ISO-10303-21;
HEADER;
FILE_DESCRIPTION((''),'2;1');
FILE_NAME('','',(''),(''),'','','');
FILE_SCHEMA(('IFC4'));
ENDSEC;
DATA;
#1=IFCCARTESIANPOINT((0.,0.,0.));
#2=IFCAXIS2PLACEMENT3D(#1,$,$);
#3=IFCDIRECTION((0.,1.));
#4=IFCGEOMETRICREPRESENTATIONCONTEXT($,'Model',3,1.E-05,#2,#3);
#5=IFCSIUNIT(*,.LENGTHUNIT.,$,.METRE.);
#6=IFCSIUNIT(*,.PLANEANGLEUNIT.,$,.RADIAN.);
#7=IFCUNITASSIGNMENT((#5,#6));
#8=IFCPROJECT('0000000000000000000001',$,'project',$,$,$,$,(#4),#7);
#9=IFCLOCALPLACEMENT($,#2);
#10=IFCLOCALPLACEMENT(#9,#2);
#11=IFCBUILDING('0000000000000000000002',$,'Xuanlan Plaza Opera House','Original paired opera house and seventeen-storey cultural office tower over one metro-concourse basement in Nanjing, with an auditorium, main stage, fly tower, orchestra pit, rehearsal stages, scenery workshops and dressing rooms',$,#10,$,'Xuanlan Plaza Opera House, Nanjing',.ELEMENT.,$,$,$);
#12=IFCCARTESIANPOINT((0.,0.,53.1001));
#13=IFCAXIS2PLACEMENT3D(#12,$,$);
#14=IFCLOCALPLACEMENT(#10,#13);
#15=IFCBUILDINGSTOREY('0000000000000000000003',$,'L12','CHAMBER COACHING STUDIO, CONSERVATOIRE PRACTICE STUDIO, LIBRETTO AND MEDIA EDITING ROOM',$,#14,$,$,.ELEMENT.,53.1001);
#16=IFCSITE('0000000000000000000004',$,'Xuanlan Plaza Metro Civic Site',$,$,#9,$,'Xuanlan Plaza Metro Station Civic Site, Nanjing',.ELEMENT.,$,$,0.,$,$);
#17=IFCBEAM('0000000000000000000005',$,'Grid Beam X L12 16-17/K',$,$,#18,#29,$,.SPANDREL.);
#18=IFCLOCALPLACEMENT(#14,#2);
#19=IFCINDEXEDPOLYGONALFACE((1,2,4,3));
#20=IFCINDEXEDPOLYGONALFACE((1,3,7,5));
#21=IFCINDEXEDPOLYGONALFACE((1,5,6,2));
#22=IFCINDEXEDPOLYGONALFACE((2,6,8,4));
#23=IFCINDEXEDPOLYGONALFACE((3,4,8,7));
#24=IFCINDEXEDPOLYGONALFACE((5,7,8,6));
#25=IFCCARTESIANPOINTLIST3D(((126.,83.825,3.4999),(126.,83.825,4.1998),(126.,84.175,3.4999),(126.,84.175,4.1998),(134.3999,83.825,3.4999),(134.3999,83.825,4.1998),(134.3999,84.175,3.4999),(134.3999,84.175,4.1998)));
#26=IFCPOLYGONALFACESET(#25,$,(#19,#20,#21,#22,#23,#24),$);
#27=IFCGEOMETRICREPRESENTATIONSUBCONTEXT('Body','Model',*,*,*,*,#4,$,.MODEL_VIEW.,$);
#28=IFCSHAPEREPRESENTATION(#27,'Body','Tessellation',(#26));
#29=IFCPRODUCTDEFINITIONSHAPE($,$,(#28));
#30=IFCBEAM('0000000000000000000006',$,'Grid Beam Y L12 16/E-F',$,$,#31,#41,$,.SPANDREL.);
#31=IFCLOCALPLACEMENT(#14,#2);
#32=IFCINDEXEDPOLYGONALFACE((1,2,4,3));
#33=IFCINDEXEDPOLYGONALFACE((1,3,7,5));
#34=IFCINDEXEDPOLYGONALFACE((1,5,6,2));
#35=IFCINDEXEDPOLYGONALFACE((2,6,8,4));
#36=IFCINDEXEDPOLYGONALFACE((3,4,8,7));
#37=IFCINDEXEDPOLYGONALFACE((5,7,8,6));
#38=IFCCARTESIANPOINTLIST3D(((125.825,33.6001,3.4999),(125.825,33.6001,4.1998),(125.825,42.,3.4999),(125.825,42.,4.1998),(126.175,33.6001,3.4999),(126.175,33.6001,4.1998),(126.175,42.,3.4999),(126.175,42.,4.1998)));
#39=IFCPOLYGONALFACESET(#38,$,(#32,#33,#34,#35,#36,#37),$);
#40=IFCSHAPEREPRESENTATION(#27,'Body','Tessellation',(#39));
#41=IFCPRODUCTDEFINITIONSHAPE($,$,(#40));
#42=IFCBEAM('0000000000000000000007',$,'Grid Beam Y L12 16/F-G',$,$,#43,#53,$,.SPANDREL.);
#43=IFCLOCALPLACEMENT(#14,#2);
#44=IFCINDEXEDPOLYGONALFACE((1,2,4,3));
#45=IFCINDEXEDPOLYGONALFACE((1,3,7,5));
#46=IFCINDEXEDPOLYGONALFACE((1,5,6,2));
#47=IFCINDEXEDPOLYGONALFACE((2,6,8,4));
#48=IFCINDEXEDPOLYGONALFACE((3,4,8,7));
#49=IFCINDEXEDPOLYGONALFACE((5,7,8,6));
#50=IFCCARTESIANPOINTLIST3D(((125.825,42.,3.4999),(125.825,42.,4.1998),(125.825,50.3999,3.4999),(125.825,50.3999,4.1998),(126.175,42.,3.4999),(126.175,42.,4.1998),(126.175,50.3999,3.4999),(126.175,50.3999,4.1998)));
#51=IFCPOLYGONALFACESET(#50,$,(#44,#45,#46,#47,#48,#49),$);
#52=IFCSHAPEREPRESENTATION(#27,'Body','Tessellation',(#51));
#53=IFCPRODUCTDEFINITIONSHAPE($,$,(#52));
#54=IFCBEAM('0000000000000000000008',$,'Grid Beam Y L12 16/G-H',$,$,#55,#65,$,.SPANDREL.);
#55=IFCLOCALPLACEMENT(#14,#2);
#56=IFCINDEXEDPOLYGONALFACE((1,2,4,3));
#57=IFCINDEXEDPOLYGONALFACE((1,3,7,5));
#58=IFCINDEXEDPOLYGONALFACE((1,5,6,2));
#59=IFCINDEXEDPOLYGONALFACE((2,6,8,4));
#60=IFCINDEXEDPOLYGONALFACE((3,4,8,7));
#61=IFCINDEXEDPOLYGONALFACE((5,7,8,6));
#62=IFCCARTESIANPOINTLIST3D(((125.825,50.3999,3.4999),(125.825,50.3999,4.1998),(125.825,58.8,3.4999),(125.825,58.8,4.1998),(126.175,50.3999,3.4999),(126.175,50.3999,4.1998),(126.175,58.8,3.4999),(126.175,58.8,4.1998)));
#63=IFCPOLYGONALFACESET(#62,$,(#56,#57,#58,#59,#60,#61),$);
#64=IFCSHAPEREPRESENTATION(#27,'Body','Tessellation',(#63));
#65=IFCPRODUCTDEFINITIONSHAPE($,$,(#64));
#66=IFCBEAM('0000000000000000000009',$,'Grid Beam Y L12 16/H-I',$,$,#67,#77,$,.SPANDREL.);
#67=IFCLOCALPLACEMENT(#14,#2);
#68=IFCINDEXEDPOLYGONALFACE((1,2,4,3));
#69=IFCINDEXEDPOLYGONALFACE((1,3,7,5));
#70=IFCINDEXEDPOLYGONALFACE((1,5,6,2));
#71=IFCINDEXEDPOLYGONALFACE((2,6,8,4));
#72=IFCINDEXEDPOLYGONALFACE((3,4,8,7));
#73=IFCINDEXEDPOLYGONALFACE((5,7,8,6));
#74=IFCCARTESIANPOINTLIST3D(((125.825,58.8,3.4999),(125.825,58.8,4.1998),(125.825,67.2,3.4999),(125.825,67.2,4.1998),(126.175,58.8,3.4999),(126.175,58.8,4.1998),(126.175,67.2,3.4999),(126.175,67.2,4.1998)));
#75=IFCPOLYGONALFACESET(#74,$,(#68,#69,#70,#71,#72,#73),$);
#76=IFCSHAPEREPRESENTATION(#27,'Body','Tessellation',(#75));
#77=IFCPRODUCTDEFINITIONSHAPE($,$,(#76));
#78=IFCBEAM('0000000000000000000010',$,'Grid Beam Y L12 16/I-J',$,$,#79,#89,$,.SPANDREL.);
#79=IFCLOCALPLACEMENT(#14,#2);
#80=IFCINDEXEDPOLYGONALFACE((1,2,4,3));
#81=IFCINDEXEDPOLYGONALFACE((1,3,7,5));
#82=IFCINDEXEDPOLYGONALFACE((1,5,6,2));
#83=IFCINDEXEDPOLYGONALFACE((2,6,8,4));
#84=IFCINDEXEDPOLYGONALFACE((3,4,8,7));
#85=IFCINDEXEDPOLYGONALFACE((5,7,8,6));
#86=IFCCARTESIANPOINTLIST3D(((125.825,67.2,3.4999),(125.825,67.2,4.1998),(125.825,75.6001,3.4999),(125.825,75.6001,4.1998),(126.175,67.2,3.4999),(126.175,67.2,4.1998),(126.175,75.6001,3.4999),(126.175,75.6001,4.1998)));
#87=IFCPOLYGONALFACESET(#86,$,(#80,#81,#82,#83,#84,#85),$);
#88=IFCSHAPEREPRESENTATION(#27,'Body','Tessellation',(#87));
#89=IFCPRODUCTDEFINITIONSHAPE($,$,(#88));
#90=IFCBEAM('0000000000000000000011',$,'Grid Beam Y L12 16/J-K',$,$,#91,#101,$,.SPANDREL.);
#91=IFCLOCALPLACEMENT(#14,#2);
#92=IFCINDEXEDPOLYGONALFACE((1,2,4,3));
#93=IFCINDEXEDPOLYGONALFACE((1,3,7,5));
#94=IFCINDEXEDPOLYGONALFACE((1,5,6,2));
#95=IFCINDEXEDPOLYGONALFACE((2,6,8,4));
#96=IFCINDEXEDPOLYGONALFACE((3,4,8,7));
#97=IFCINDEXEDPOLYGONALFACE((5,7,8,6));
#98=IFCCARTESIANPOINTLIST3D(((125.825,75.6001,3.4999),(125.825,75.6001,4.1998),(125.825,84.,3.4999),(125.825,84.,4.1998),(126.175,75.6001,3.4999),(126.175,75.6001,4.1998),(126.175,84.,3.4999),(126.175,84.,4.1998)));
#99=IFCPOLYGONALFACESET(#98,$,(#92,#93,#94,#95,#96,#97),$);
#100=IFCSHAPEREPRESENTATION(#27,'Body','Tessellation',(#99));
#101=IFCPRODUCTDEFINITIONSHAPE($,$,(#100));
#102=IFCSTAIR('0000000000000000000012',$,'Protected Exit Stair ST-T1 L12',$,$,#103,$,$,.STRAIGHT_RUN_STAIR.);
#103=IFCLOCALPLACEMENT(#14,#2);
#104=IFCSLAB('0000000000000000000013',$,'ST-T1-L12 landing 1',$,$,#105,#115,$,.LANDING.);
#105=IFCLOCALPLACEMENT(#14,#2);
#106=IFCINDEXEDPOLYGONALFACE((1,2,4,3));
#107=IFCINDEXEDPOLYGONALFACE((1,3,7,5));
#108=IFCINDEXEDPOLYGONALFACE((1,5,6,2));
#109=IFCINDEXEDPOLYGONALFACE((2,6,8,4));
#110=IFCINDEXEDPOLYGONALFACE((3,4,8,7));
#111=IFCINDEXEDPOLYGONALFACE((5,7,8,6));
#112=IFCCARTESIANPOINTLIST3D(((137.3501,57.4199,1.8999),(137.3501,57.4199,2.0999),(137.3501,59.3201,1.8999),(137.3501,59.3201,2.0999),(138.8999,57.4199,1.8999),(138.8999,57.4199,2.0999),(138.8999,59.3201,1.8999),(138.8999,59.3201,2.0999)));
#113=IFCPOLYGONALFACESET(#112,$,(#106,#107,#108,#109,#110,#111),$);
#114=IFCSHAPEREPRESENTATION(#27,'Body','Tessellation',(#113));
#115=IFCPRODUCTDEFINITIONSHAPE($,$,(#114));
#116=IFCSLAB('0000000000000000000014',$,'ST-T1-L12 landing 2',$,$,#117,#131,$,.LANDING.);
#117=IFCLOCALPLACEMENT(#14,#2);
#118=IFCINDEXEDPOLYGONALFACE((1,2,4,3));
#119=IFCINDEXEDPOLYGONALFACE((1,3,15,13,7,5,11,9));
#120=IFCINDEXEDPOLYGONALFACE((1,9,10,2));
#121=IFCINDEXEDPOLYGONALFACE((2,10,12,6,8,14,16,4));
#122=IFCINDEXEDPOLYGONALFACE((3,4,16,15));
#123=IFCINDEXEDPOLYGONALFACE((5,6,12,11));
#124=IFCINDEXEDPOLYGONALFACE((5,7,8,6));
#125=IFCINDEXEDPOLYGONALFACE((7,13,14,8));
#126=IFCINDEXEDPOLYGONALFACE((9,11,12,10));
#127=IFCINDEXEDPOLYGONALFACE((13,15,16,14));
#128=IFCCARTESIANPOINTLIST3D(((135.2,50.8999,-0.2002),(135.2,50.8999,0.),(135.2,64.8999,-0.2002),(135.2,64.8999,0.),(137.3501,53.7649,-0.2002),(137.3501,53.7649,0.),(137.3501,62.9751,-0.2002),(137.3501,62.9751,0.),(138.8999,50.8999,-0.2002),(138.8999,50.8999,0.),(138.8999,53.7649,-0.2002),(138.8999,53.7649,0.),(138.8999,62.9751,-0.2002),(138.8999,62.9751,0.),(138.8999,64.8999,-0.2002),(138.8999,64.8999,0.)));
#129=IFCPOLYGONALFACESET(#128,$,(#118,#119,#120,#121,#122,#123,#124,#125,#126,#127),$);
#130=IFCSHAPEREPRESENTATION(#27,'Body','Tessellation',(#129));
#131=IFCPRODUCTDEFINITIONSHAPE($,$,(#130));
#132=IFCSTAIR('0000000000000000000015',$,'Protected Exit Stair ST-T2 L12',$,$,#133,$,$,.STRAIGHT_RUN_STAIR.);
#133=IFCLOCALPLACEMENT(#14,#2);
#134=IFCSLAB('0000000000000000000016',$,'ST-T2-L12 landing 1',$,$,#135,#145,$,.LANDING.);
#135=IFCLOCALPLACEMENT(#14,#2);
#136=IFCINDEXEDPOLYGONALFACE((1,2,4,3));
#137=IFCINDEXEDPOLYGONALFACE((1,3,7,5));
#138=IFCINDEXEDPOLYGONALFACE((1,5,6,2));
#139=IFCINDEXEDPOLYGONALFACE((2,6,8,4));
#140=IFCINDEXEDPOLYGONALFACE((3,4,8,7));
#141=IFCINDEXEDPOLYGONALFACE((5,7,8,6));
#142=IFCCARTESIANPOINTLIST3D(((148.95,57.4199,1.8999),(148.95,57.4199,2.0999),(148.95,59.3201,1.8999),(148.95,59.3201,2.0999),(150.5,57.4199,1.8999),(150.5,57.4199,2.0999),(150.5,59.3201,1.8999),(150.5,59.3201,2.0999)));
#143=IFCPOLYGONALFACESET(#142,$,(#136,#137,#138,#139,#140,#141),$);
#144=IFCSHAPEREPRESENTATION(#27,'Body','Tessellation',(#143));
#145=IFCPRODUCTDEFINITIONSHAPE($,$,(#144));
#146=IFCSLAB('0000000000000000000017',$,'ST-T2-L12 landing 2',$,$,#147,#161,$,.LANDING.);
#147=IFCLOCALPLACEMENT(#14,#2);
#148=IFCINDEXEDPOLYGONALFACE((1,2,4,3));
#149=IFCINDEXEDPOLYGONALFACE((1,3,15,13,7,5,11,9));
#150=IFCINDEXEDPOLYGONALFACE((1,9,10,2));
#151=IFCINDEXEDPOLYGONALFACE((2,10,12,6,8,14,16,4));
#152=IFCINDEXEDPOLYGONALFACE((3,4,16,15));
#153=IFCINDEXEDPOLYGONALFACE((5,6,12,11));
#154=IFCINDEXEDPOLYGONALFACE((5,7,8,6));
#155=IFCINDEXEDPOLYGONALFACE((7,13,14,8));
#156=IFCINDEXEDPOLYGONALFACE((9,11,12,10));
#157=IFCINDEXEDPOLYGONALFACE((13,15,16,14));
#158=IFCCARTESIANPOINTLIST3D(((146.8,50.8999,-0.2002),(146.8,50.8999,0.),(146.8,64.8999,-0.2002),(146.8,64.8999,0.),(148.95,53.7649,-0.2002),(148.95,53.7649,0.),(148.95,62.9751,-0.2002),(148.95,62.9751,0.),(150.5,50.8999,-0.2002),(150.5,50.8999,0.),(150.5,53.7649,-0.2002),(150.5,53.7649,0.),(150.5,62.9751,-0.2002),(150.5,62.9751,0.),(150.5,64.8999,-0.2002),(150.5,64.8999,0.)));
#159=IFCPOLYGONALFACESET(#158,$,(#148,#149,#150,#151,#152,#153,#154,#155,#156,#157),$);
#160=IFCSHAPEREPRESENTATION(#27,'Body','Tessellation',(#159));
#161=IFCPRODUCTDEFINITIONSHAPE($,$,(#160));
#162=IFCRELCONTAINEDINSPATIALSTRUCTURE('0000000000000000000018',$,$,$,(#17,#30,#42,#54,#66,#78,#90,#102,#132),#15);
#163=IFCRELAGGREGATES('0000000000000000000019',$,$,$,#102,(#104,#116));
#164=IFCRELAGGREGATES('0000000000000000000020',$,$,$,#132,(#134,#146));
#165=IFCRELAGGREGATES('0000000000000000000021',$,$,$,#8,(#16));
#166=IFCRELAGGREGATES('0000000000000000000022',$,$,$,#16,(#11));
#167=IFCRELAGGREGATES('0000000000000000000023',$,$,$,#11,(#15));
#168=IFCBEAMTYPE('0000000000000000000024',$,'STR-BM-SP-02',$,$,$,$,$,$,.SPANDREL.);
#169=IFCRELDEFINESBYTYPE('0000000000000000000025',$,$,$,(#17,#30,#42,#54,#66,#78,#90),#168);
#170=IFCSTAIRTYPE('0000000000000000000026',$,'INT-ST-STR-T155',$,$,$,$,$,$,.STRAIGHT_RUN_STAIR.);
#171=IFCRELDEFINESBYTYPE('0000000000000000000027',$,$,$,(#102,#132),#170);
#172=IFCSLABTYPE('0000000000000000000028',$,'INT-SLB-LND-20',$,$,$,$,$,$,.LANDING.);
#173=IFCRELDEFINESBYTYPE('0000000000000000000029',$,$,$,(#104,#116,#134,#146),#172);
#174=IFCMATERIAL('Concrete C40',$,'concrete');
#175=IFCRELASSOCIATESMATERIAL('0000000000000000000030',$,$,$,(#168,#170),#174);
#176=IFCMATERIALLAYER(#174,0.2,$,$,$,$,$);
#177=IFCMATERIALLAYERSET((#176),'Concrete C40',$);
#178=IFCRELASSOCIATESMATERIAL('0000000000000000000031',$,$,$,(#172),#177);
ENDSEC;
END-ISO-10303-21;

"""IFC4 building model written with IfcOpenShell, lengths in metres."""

from ifc_helpers import new_model, si_unit, direction, frame, origin, origin_2d, place, context, subcontext, project, spatial, polyline, rectangle, outline, extrude, material, layer, layer_set, material_profile, profile_set, type_object, element, aggregate, save


model = new_model("IFC4")

# Units and contexts
model_context = context("Model", 3, precision=1e-05, world=origin(), true_north=direction((0.0, 1.0)))
body_context = subcontext(model_context, "Body", "Model", "MODEL_VIEW")
ifc_project = project(units=[si_unit("LENGTHUNIT", "METRE"), si_unit("PLANEANGLEUNIT", "RADIAN")], contexts=[model_context])

# Site, building, storey
site_placement = place(None, origin())
site = spatial("IfcSite", under=ifc_project, at=site_placement, Name="Xuanlan Plaza Metro Civic Site", LongName="Xuanlan Plaza Metro Station Civic Site, Nanjing", CompositionType="ELEMENT", RefElevation=0.0)
building_placement = place(site_placement, origin())
building = spatial("IfcBuilding", under=site, at=building_placement, Name="Xuanlan Plaza Opera House", Description="Original paired opera house and seventeen-storey cultural office tower over one metro-concourse basement in Nanjing, with an auditorium, main stage, fly tower, orchestra pit, rehearsal stages, scenery workshops and dressing rooms", LongName="Xuanlan Plaza Opera House, Nanjing", CompositionType="ELEMENT")
storey_placement = place(building_placement, frame((0.0, 0.0, 53.1001)))
storey = spatial("IfcBuildingStorey", under=building, at=storey_placement, Name="L12", Description="CHAMBER COACHING STUDIO, CONSERVATOIRE PRACTICE STUDIO, LIBRETTO AND MEDIA EDITING ROOM", CompositionType="ELEMENT", Elevation=53.1001)

# Beams
ifc_material_1 = material(Name="Concrete C40", Category="concrete")
ifc_material_profile_1 = material_profile(ifc_material_1, rectangle(XDim=0.3501, YDim=0.7, at=origin_2d()), Name="RC-SPD 350x700")
ifc_profile_set_1 = profile_set([ifc_material_profile_1], Name="Concrete C40")
beam_type_1 = type_object("IfcBeamType", Name="STR-BM-SP-02", PredefinedType="SPANDREL", material=ifc_profile_set_1)
for number, where, z_axis, x_axis, name in (
    (1, (126.0, 84.0, 3.8499), (1.0, 0.0, 0.0), (0.0, 1.0, 0.0), "Grid Beam X L12 16-17/K"),
    (2, (126.0, 33.6001, 3.8499), (0.0, 1.0, 0.0), (-1.0, 0.0, 0.0), "Grid Beam Y L12 16/E-F"),
    (3, (126.0, 42.0, 3.8499), (0.0, 1.0, 0.0), (-1.0, 0.0, 0.0), "Grid Beam Y L12 16/F-G"),
):
    element("IfcBeam", number, at=place(storey_placement, frame(where, z_axis=z_axis, x_axis=x_axis)), inside=storey, type_object=beam_type_1, Name=name, PredefinedType="SPANDREL", context=body_context, shape_type="SweptSolid", body=[
        extrude(rectangle(XDim=0.3501, YDim=0.7, at=origin_2d()), origin(), (0.0, 0.0, 1.0), 8.3999),
    ])
beam_1_placement = place(storey_placement, frame((126.0, 50.3999, 3.8499), z_axis=(0.0, 1.0, 0.0), x_axis=(-1.0, 0.0, 0.0)))
element("IfcBeam", 4, at=beam_1_placement, inside=storey, type_object=beam_type_1, Name="Grid Beam Y L12 16/G-H", PredefinedType="SPANDREL", context=body_context, shape_type="SweptSolid", body=[
    extrude(rectangle(XDim=0.3501, YDim=0.7, at=origin_2d()), origin(), (0.0, 0.0, 1.0), 8.4001),
])
beam_2_placement = place(storey_placement, frame((126.0, 58.8, 3.8499), z_axis=(0.0, 1.0, 0.0), x_axis=(-1.0, 0.0, 0.0)))
element("IfcBeam", 5, at=beam_2_placement, inside=storey, type_object=beam_type_1, Name="Grid Beam Y L12 16/H-I", PredefinedType="SPANDREL", context=body_context, shape_type="SweptSolid", body=[
    extrude(rectangle(XDim=0.3501, YDim=0.7, at=origin_2d()), origin(), (0.0, 0.0, 1.0), 8.3999),
])
beam_3_placement = place(storey_placement, frame((126.0, 67.2, 3.8499), z_axis=(0.0, 1.0, 0.0), x_axis=(-1.0, 0.0, 0.0)))
element("IfcBeam", 6, at=beam_3_placement, inside=storey, type_object=beam_type_1, Name="Grid Beam Y L12 16/I-J", PredefinedType="SPANDREL", context=body_context, shape_type="SweptSolid", body=[
    extrude(rectangle(XDim=0.3501, YDim=0.7, at=origin_2d()), origin(), (0.0, 0.0, 1.0), 8.4001),
])
beam_4_placement = place(storey_placement, frame((126.0, 75.6001, 3.8499), z_axis=(0.0, 1.0, 0.0), x_axis=(-1.0, 0.0, 0.0)))
element("IfcBeam", 7, at=beam_4_placement, inside=storey, type_object=beam_type_1, Name="Grid Beam Y L12 16/J-K", PredefinedType="SPANDREL", context=body_context, shape_type="SweptSolid", body=[
    extrude(rectangle(XDim=0.3501, YDim=0.7, at=origin_2d()), origin(), (0.0, 0.0, 1.0), 8.3999),
])

# Stairs, slabs
stair_type = type_object("IfcStairType", Name="INT-ST-STR-T155", PredefinedType="STRAIGHT_RUN_STAIR", material=ifc_material_1)
stair_1_placement = place(storey_placement, origin())
stair_1 = element("IfcStair", 8, at=stair_1_placement, inside=storey, type_object=stair_type, Name="Protected Exit Stair ST-T1 L12", PredefinedType="STRAIGHT_RUN_STAIR")
ifc_layer_1 = layer(ifc_material_1, 0.2)
ifc_layer_set_1 = layer_set([ifc_layer_1], Name="Concrete C40")
slab_type_1 = type_object("IfcSlabType", Name="INT-SLB-LND-20", PredefinedType="LANDING", material=ifc_layer_set_1)
slab_1_placement = place(storey_placement, frame((0.0, 0.0, 1.8999)))
slab_1 = element("IfcSlab", 9, at=slab_1_placement, type_object=slab_type_1, Name="ST-T1-L12 landing 1", PredefinedType="LANDING", context=body_context, shape_type="SweptSolid", body=[
    extrude(outline(polyline([(137.3501, 57.4199), (138.8999, 57.4199), (138.8999, 59.3201), (137.3501, 59.3201), (137.3501, 57.4199)])), origin(), (0.0, 0.0, 1.0), 0.2),
])
slab_2_placement = place(storey_placement, frame((0.0, 0.0, -0.2002)))
slab_2 = element("IfcSlab", 10, at=slab_2_placement, type_object=slab_type_1, Name="ST-T1-L12 landing 2", PredefinedType="LANDING", context=body_context, shape_type="SweptSolid", body=[
    extrude(outline(polyline([(135.2, 50.8999), (138.8999, 50.8999), (138.8999, 53.7649), (137.3501, 53.7649), (137.3501, 62.9751), (138.8999, 62.9751), (138.8999, 64.8999), (135.2, 64.8999), (135.2, 50.8999)])), origin(), (0.0, 0.0, 1.0), 0.2002),
])
aggregate(stair_1, [slab_1, slab_2])
stair_2_placement = place(storey_placement, origin())
stair_2 = element("IfcStair", 11, at=stair_2_placement, inside=storey, type_object=stair_type, Name="Protected Exit Stair ST-T2 L12", PredefinedType="STRAIGHT_RUN_STAIR")
slab_3_placement = place(storey_placement, frame((0.0, 0.0, 1.8999)))
slab_3 = element("IfcSlab", 12, at=slab_3_placement, type_object=slab_type_1, Name="ST-T2-L12 landing 1", PredefinedType="LANDING", context=body_context, shape_type="SweptSolid", body=[
    extrude(outline(polyline([(148.95, 57.4199), (150.5, 57.4199), (150.5, 59.3201), (148.95, 59.3201), (148.95, 57.4199)])), origin(), (0.0, 0.0, 1.0), 0.2),
])
slab_4_placement = place(storey_placement, frame((0.0, 0.0, -0.2002)))
slab_4 = element("IfcSlab", 13, at=slab_4_placement, type_object=slab_type_1, Name="ST-T2-L12 landing 2", PredefinedType="LANDING", context=body_context, shape_type="SweptSolid", body=[
    extrude(outline(polyline([(146.8, 50.8999), (150.5, 50.8999), (150.5, 53.7649), (148.95, 53.7649), (148.95, 62.9751), (150.5, 62.9751), (150.5, 64.8999), (146.8, 64.8999), (146.8, 50.8999)])), origin(), (0.0, 0.0, 1.0), 0.2002),
])
aggregate(stair_2, [slab_3, slab_4])

save(model, "model.ifc")
